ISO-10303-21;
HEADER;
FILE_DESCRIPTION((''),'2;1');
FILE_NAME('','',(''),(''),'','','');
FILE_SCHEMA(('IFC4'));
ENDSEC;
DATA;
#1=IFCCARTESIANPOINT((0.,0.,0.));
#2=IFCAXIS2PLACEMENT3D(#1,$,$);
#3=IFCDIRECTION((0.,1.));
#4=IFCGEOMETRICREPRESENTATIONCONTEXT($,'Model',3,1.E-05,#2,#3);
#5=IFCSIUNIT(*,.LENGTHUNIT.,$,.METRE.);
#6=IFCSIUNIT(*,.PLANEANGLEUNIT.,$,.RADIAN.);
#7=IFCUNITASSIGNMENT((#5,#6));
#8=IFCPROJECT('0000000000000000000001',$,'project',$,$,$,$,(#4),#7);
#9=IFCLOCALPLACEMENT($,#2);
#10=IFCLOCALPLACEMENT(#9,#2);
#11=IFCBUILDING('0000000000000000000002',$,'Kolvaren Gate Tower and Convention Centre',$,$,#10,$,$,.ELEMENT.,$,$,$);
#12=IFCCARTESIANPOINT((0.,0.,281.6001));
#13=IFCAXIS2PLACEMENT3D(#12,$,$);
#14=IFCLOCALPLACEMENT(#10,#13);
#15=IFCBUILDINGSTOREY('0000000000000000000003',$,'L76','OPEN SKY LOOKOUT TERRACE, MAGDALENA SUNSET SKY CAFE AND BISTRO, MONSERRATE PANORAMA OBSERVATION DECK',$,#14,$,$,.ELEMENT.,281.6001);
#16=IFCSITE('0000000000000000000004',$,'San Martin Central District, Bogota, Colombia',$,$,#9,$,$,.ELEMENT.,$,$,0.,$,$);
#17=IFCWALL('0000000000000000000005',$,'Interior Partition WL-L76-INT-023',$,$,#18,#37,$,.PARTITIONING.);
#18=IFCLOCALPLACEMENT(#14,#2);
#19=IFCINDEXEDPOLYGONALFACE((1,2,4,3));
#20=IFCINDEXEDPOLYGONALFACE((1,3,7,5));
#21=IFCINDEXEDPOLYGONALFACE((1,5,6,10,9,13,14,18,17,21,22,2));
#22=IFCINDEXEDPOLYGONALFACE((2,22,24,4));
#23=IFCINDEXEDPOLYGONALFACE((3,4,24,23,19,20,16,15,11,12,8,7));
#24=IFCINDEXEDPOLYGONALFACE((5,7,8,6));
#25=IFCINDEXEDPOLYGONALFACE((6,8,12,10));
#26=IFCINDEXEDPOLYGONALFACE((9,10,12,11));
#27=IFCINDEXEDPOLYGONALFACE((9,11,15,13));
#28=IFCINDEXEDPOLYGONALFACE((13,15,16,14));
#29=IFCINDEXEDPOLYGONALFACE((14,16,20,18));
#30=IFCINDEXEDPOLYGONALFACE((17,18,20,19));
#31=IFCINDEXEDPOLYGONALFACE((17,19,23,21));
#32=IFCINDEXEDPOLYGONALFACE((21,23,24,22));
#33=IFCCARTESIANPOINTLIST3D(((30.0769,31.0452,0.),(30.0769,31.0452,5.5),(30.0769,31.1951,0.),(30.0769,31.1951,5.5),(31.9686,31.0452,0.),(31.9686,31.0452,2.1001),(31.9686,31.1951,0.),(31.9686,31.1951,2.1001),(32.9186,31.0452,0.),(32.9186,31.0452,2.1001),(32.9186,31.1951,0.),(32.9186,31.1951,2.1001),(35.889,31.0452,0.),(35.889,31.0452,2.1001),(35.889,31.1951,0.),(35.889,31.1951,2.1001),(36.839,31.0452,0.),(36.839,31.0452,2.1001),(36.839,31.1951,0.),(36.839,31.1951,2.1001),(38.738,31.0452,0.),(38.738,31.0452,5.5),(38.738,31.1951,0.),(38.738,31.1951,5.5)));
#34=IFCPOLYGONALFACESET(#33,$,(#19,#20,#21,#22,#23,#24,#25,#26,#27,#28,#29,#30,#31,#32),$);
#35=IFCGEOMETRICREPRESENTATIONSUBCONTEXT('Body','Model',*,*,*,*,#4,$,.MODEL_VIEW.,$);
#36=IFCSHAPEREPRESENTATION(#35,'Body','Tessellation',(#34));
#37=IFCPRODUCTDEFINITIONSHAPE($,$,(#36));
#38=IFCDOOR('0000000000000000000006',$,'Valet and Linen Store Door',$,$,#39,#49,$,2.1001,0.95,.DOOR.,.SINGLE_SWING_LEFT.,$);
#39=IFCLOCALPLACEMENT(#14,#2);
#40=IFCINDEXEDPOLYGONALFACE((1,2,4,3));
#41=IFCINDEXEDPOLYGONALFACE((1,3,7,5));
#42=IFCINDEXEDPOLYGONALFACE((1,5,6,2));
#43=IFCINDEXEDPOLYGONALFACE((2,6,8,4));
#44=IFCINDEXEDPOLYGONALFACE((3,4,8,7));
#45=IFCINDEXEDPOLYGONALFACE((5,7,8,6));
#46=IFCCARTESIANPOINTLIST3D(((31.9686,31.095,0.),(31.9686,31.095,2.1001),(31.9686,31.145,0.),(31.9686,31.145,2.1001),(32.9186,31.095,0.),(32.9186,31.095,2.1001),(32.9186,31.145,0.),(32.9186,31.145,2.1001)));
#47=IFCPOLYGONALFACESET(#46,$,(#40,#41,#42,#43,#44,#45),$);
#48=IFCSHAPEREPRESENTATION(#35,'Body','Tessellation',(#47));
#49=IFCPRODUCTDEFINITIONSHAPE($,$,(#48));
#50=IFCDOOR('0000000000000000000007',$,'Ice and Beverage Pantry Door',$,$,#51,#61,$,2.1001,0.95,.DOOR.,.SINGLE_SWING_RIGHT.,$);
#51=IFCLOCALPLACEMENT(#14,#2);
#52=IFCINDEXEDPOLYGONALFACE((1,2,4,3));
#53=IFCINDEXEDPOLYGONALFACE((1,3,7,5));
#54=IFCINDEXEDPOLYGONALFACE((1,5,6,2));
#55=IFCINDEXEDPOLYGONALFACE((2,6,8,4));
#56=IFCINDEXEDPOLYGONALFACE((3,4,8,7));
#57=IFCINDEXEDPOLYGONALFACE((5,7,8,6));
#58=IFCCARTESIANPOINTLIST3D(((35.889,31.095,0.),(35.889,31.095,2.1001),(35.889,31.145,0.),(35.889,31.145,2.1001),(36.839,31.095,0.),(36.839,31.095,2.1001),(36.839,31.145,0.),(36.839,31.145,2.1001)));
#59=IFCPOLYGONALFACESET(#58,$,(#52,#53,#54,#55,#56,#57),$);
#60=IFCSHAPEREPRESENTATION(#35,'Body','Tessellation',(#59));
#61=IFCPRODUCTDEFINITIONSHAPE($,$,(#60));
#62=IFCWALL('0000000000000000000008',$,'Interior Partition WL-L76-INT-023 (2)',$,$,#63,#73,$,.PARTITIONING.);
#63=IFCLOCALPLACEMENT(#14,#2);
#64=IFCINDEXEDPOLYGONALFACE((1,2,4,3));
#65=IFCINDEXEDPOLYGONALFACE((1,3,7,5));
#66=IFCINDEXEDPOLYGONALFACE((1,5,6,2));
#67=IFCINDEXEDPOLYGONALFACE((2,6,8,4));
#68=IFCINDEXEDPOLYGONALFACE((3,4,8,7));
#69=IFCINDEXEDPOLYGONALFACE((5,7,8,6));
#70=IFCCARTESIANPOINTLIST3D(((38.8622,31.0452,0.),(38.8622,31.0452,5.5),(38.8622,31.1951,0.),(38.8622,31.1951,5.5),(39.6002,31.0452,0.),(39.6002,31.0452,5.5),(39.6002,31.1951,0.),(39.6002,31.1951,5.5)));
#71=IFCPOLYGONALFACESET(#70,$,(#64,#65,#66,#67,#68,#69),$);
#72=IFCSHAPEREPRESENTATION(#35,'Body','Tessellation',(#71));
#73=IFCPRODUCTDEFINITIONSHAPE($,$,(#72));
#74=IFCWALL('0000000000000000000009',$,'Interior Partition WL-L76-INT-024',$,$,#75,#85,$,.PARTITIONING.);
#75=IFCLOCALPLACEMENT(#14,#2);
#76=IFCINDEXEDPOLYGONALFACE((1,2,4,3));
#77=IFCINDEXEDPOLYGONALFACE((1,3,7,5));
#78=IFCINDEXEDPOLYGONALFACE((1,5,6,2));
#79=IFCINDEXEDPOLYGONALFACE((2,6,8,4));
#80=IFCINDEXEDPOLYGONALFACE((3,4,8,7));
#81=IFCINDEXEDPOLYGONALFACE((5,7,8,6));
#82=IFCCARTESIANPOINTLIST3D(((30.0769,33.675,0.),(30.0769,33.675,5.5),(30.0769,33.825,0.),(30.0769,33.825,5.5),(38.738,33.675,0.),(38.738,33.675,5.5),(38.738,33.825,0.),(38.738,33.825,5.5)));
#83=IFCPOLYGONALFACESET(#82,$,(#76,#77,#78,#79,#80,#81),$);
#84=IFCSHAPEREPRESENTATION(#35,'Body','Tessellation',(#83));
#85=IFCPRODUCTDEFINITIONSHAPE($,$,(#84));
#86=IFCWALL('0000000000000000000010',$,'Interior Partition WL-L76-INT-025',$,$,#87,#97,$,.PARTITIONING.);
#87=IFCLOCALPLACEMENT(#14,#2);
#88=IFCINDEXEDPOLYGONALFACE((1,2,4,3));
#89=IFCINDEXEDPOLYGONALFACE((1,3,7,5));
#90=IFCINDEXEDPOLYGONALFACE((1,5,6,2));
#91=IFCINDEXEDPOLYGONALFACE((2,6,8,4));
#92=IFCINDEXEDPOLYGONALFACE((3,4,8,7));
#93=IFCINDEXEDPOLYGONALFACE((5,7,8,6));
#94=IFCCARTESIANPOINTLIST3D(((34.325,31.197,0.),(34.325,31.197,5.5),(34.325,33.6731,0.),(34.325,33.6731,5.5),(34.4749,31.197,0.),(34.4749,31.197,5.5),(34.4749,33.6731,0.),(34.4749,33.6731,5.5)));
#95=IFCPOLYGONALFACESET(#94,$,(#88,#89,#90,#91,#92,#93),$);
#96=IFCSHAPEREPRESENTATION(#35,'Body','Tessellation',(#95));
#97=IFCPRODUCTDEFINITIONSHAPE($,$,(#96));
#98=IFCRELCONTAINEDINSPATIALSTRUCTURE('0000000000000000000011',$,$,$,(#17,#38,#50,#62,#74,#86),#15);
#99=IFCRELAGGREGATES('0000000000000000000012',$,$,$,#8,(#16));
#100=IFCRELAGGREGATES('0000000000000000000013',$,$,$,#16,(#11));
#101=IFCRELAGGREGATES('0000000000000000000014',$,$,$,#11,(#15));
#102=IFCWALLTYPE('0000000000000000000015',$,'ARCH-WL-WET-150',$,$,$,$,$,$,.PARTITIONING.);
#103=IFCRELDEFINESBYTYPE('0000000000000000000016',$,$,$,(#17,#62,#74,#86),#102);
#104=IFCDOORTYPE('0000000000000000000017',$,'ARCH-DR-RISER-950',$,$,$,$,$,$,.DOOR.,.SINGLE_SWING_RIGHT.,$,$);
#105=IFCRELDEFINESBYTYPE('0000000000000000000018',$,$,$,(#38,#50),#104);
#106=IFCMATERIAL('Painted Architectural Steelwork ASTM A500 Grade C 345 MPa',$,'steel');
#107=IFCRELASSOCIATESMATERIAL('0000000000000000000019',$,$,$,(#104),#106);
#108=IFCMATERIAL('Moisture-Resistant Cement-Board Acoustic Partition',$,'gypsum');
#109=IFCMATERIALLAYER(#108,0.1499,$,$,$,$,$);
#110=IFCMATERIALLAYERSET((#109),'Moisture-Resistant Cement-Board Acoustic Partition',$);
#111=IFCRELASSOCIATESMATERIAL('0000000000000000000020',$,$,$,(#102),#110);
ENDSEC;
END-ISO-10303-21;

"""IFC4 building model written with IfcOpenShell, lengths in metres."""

from ifc_helpers import new_model, si_unit, direction, frame, frame_2d, origin, place, context, subcontext, project, spatial, rectangle, extrude, material, layer, layer_set, type_object, element, fill, save


model = new_model("IFC4")

# Units and contexts
model_context = context("Model", 3, precision=1e-05, world=origin(), true_north=direction((0.0, 1.0)))
body_context = subcontext(model_context, "Body", "Model", "MODEL_VIEW")
ifc_project = project(units=[si_unit("LENGTHUNIT", "METRE"), si_unit("PLANEANGLEUNIT", "RADIAN")], contexts=[model_context])

# Site, building, storey
site_placement = place(None, origin())
site = spatial("IfcSite", under=ifc_project, at=site_placement, Name="San Martin Central District, Bogota, Colombia", CompositionType="ELEMENT", RefElevation=0.0)
building_placement = place(site_placement, origin())
building = spatial("IfcBuilding", under=site, at=building_placement, Name="Kolvaren Gate Tower and Convention Centre", CompositionType="ELEMENT")
storey_placement = place(building_placement, frame((0.0, 0.0, 281.6001)))
storey = spatial("IfcBuildingStorey", under=building, at=storey_placement, Name="L76", Description="OPEN SKY LOOKOUT TERRACE, MAGDALENA SUNSET SKY CAFE AND BISTRO, MONSERRATE PANORAMA OBSERVATION DECK", CompositionType="ELEMENT", Elevation=281.6001)

# Shared definitions
ifc_material_1 = material(Name="Painted Architectural Steelwork ASTM A500 Grade C 345 MPa", Category="steel")
door_type = type_object("IfcDoorType", Name="ARCH-DR-RISER-950", OperationType="SINGLE_SWING_RIGHT", PredefinedType="DOOR", material=ifc_material_1)

# Shared definitions
ifc_material_2 = material(Name="Moisture-Resistant Cement-Board Acoustic Partition", Category="gypsum")
ifc_layer_1 = layer(ifc_material_2, 0.1499)
ifc_layer_set_1 = layer_set([ifc_layer_1], Name="Moisture-Resistant Cement-Board Acoustic Partition")
wall_type_1 = type_object("IfcWallType", Name="ARCH-WL-WET-150", PredefinedType="PARTITIONING", material=ifc_layer_set_1)

# Wall, openings, doors
wall_1_placement = place(storey_placement, frame((30.0769, 31.1201, 0.0), z_axis=(0.0, 0.0, 1.0), x_axis=(1.0, 0.0, 0.0)))
wall_1 = element("IfcWall", 1, at=wall_1_placement, inside=storey, type_object=wall_type_1, Name="Interior Partition WL-L76-INT-023", PredefinedType="PARTITIONING", context=body_context, shape_type="SweptSolid", body=[
    extrude(rectangle(XDim=8.6611, YDim=0.1499, at=frame_2d((4.3306, 0.0))), origin(), (0.0, 0.0, 1.0), 5.5),
])
opening_1_placement = place(wall_1_placement, frame((1.8916, 0.0, 0.0)))
opening_1 = element("IfcOpeningElement", 2, at=opening_1_placement, cuts=wall_1, PredefinedType="OPENING", context=body_context, shape_type="SweptSolid", body=[
    extrude(rectangle(XDim=0.95, YDim=2.1001, at=frame_2d((0.4751, 1.05))), frame((0.0, 0.085, 0.0), z_axis=(0.0, -1.0, 0.0), x_axis=(1.0, 0.0, 0.0)), (0.0, 0.0, 1.0), 0.1699),
])
opening_2_placement = place(wall_1_placement, frame((5.812, 0.0, 0.0)))
opening_2 = element("IfcOpeningElement", 3, at=opening_2_placement, cuts=wall_1, PredefinedType="OPENING", context=body_context, shape_type="SweptSolid", body=[
    extrude(rectangle(XDim=0.95, YDim=2.1001, at=frame_2d((0.4751, 1.05))), frame((0.0, 0.085, 0.0), z_axis=(0.0, -1.0, 0.0), x_axis=(1.0, 0.0, 0.0)), (0.0, 0.0, 1.0), 0.1699),
])
door_1_placement = place(opening_1_placement, origin())
door_1 = element("IfcDoor", 4, at=door_1_placement, inside=storey, type_object=door_type, Name="Valet and Linen Store Door", OperationType="SINGLE_SWING_LEFT", OverallHeight=2.1001, OverallWidth=0.95, PredefinedType="DOOR", context=body_context, shape_type="SweptSolid", body=[
    extrude(rectangle(XDim=0.95, YDim=2.1001, at=frame_2d((0.4751, 1.05))), frame((0.0, 0.0249, 0.0), z_axis=(0.0, -1.0, 0.0), x_axis=(1.0, 0.0, 0.0)), (0.0, 0.0, 1.0), 0.05),
])
fill(opening_1, door_1)
door_2_placement = place(opening_2_placement, origin())
door_2 = element("IfcDoor", 5, at=door_2_placement, inside=storey, type_object=door_type, Name="Ice and Beverage Pantry Door", OperationType="SINGLE_SWING_RIGHT", OverallHeight=2.1001, OverallWidth=0.95, PredefinedType="DOOR", context=body_context, shape_type="SweptSolid", body=[
    extrude(rectangle(XDim=0.95, YDim=2.1001, at=frame_2d((0.4751, 1.05))), frame((0.0, 0.0249, 0.0), z_axis=(0.0, -1.0, 0.0), x_axis=(1.0, 0.0, 0.0)), (0.0, 0.0, 1.0), 0.05),
])
fill(opening_2, door_2)

# Walls
wall_2_placement = place(storey_placement, frame((38.8621, 31.1201, 0.0), z_axis=(0.0, 0.0, 1.0), x_axis=(1.0, 0.0, 0.0)))
element("IfcWall", 6, at=wall_2_placement, inside=storey, type_object=wall_type_1, Name="Interior Partition WL-L76-INT-023 (2)", PredefinedType="PARTITIONING", context=body_context, shape_type="SweptSolid", body=[
    extrude(rectangle(XDim=0.738, YDim=0.1499, at=frame_2d((0.3691, 0.0))), origin(), (0.0, 0.0, 1.0), 5.5),
])
wall_3_placement = place(storey_placement, frame((30.0769, 33.75, 0.0), z_axis=(0.0, 0.0, 1.0), x_axis=(1.0, 0.0, 0.0)))
element("IfcWall", 7, at=wall_3_placement, inside=storey, type_object=wall_type_1, Name="Interior Partition WL-L76-INT-024", PredefinedType="PARTITIONING", context=body_context, shape_type="SweptSolid", body=[
    extrude(rectangle(XDim=8.6611, YDim=0.1499, at=frame_2d((4.3306, 0.0))), origin(), (0.0, 0.0, 1.0), 5.5),
])
wall_4_placement = place(storey_placement, frame((34.3999, 31.197, 0.0), z_axis=(0.0, 0.0, 1.0), x_axis=(0.0, 1.0, 0.0)))
element("IfcWall", 8, at=wall_4_placement, inside=storey, type_object=wall_type_1, Name="Interior Partition WL-L76-INT-025", PredefinedType="PARTITIONING", context=body_context, shape_type="SweptSolid", body=[
    extrude(rectangle(XDim=2.4761, YDim=0.1499, at=frame_2d((1.238, 0.0))), origin(), (0.0, 0.0, 1.0), 5.5),
])

save(model, "model.ifc")
